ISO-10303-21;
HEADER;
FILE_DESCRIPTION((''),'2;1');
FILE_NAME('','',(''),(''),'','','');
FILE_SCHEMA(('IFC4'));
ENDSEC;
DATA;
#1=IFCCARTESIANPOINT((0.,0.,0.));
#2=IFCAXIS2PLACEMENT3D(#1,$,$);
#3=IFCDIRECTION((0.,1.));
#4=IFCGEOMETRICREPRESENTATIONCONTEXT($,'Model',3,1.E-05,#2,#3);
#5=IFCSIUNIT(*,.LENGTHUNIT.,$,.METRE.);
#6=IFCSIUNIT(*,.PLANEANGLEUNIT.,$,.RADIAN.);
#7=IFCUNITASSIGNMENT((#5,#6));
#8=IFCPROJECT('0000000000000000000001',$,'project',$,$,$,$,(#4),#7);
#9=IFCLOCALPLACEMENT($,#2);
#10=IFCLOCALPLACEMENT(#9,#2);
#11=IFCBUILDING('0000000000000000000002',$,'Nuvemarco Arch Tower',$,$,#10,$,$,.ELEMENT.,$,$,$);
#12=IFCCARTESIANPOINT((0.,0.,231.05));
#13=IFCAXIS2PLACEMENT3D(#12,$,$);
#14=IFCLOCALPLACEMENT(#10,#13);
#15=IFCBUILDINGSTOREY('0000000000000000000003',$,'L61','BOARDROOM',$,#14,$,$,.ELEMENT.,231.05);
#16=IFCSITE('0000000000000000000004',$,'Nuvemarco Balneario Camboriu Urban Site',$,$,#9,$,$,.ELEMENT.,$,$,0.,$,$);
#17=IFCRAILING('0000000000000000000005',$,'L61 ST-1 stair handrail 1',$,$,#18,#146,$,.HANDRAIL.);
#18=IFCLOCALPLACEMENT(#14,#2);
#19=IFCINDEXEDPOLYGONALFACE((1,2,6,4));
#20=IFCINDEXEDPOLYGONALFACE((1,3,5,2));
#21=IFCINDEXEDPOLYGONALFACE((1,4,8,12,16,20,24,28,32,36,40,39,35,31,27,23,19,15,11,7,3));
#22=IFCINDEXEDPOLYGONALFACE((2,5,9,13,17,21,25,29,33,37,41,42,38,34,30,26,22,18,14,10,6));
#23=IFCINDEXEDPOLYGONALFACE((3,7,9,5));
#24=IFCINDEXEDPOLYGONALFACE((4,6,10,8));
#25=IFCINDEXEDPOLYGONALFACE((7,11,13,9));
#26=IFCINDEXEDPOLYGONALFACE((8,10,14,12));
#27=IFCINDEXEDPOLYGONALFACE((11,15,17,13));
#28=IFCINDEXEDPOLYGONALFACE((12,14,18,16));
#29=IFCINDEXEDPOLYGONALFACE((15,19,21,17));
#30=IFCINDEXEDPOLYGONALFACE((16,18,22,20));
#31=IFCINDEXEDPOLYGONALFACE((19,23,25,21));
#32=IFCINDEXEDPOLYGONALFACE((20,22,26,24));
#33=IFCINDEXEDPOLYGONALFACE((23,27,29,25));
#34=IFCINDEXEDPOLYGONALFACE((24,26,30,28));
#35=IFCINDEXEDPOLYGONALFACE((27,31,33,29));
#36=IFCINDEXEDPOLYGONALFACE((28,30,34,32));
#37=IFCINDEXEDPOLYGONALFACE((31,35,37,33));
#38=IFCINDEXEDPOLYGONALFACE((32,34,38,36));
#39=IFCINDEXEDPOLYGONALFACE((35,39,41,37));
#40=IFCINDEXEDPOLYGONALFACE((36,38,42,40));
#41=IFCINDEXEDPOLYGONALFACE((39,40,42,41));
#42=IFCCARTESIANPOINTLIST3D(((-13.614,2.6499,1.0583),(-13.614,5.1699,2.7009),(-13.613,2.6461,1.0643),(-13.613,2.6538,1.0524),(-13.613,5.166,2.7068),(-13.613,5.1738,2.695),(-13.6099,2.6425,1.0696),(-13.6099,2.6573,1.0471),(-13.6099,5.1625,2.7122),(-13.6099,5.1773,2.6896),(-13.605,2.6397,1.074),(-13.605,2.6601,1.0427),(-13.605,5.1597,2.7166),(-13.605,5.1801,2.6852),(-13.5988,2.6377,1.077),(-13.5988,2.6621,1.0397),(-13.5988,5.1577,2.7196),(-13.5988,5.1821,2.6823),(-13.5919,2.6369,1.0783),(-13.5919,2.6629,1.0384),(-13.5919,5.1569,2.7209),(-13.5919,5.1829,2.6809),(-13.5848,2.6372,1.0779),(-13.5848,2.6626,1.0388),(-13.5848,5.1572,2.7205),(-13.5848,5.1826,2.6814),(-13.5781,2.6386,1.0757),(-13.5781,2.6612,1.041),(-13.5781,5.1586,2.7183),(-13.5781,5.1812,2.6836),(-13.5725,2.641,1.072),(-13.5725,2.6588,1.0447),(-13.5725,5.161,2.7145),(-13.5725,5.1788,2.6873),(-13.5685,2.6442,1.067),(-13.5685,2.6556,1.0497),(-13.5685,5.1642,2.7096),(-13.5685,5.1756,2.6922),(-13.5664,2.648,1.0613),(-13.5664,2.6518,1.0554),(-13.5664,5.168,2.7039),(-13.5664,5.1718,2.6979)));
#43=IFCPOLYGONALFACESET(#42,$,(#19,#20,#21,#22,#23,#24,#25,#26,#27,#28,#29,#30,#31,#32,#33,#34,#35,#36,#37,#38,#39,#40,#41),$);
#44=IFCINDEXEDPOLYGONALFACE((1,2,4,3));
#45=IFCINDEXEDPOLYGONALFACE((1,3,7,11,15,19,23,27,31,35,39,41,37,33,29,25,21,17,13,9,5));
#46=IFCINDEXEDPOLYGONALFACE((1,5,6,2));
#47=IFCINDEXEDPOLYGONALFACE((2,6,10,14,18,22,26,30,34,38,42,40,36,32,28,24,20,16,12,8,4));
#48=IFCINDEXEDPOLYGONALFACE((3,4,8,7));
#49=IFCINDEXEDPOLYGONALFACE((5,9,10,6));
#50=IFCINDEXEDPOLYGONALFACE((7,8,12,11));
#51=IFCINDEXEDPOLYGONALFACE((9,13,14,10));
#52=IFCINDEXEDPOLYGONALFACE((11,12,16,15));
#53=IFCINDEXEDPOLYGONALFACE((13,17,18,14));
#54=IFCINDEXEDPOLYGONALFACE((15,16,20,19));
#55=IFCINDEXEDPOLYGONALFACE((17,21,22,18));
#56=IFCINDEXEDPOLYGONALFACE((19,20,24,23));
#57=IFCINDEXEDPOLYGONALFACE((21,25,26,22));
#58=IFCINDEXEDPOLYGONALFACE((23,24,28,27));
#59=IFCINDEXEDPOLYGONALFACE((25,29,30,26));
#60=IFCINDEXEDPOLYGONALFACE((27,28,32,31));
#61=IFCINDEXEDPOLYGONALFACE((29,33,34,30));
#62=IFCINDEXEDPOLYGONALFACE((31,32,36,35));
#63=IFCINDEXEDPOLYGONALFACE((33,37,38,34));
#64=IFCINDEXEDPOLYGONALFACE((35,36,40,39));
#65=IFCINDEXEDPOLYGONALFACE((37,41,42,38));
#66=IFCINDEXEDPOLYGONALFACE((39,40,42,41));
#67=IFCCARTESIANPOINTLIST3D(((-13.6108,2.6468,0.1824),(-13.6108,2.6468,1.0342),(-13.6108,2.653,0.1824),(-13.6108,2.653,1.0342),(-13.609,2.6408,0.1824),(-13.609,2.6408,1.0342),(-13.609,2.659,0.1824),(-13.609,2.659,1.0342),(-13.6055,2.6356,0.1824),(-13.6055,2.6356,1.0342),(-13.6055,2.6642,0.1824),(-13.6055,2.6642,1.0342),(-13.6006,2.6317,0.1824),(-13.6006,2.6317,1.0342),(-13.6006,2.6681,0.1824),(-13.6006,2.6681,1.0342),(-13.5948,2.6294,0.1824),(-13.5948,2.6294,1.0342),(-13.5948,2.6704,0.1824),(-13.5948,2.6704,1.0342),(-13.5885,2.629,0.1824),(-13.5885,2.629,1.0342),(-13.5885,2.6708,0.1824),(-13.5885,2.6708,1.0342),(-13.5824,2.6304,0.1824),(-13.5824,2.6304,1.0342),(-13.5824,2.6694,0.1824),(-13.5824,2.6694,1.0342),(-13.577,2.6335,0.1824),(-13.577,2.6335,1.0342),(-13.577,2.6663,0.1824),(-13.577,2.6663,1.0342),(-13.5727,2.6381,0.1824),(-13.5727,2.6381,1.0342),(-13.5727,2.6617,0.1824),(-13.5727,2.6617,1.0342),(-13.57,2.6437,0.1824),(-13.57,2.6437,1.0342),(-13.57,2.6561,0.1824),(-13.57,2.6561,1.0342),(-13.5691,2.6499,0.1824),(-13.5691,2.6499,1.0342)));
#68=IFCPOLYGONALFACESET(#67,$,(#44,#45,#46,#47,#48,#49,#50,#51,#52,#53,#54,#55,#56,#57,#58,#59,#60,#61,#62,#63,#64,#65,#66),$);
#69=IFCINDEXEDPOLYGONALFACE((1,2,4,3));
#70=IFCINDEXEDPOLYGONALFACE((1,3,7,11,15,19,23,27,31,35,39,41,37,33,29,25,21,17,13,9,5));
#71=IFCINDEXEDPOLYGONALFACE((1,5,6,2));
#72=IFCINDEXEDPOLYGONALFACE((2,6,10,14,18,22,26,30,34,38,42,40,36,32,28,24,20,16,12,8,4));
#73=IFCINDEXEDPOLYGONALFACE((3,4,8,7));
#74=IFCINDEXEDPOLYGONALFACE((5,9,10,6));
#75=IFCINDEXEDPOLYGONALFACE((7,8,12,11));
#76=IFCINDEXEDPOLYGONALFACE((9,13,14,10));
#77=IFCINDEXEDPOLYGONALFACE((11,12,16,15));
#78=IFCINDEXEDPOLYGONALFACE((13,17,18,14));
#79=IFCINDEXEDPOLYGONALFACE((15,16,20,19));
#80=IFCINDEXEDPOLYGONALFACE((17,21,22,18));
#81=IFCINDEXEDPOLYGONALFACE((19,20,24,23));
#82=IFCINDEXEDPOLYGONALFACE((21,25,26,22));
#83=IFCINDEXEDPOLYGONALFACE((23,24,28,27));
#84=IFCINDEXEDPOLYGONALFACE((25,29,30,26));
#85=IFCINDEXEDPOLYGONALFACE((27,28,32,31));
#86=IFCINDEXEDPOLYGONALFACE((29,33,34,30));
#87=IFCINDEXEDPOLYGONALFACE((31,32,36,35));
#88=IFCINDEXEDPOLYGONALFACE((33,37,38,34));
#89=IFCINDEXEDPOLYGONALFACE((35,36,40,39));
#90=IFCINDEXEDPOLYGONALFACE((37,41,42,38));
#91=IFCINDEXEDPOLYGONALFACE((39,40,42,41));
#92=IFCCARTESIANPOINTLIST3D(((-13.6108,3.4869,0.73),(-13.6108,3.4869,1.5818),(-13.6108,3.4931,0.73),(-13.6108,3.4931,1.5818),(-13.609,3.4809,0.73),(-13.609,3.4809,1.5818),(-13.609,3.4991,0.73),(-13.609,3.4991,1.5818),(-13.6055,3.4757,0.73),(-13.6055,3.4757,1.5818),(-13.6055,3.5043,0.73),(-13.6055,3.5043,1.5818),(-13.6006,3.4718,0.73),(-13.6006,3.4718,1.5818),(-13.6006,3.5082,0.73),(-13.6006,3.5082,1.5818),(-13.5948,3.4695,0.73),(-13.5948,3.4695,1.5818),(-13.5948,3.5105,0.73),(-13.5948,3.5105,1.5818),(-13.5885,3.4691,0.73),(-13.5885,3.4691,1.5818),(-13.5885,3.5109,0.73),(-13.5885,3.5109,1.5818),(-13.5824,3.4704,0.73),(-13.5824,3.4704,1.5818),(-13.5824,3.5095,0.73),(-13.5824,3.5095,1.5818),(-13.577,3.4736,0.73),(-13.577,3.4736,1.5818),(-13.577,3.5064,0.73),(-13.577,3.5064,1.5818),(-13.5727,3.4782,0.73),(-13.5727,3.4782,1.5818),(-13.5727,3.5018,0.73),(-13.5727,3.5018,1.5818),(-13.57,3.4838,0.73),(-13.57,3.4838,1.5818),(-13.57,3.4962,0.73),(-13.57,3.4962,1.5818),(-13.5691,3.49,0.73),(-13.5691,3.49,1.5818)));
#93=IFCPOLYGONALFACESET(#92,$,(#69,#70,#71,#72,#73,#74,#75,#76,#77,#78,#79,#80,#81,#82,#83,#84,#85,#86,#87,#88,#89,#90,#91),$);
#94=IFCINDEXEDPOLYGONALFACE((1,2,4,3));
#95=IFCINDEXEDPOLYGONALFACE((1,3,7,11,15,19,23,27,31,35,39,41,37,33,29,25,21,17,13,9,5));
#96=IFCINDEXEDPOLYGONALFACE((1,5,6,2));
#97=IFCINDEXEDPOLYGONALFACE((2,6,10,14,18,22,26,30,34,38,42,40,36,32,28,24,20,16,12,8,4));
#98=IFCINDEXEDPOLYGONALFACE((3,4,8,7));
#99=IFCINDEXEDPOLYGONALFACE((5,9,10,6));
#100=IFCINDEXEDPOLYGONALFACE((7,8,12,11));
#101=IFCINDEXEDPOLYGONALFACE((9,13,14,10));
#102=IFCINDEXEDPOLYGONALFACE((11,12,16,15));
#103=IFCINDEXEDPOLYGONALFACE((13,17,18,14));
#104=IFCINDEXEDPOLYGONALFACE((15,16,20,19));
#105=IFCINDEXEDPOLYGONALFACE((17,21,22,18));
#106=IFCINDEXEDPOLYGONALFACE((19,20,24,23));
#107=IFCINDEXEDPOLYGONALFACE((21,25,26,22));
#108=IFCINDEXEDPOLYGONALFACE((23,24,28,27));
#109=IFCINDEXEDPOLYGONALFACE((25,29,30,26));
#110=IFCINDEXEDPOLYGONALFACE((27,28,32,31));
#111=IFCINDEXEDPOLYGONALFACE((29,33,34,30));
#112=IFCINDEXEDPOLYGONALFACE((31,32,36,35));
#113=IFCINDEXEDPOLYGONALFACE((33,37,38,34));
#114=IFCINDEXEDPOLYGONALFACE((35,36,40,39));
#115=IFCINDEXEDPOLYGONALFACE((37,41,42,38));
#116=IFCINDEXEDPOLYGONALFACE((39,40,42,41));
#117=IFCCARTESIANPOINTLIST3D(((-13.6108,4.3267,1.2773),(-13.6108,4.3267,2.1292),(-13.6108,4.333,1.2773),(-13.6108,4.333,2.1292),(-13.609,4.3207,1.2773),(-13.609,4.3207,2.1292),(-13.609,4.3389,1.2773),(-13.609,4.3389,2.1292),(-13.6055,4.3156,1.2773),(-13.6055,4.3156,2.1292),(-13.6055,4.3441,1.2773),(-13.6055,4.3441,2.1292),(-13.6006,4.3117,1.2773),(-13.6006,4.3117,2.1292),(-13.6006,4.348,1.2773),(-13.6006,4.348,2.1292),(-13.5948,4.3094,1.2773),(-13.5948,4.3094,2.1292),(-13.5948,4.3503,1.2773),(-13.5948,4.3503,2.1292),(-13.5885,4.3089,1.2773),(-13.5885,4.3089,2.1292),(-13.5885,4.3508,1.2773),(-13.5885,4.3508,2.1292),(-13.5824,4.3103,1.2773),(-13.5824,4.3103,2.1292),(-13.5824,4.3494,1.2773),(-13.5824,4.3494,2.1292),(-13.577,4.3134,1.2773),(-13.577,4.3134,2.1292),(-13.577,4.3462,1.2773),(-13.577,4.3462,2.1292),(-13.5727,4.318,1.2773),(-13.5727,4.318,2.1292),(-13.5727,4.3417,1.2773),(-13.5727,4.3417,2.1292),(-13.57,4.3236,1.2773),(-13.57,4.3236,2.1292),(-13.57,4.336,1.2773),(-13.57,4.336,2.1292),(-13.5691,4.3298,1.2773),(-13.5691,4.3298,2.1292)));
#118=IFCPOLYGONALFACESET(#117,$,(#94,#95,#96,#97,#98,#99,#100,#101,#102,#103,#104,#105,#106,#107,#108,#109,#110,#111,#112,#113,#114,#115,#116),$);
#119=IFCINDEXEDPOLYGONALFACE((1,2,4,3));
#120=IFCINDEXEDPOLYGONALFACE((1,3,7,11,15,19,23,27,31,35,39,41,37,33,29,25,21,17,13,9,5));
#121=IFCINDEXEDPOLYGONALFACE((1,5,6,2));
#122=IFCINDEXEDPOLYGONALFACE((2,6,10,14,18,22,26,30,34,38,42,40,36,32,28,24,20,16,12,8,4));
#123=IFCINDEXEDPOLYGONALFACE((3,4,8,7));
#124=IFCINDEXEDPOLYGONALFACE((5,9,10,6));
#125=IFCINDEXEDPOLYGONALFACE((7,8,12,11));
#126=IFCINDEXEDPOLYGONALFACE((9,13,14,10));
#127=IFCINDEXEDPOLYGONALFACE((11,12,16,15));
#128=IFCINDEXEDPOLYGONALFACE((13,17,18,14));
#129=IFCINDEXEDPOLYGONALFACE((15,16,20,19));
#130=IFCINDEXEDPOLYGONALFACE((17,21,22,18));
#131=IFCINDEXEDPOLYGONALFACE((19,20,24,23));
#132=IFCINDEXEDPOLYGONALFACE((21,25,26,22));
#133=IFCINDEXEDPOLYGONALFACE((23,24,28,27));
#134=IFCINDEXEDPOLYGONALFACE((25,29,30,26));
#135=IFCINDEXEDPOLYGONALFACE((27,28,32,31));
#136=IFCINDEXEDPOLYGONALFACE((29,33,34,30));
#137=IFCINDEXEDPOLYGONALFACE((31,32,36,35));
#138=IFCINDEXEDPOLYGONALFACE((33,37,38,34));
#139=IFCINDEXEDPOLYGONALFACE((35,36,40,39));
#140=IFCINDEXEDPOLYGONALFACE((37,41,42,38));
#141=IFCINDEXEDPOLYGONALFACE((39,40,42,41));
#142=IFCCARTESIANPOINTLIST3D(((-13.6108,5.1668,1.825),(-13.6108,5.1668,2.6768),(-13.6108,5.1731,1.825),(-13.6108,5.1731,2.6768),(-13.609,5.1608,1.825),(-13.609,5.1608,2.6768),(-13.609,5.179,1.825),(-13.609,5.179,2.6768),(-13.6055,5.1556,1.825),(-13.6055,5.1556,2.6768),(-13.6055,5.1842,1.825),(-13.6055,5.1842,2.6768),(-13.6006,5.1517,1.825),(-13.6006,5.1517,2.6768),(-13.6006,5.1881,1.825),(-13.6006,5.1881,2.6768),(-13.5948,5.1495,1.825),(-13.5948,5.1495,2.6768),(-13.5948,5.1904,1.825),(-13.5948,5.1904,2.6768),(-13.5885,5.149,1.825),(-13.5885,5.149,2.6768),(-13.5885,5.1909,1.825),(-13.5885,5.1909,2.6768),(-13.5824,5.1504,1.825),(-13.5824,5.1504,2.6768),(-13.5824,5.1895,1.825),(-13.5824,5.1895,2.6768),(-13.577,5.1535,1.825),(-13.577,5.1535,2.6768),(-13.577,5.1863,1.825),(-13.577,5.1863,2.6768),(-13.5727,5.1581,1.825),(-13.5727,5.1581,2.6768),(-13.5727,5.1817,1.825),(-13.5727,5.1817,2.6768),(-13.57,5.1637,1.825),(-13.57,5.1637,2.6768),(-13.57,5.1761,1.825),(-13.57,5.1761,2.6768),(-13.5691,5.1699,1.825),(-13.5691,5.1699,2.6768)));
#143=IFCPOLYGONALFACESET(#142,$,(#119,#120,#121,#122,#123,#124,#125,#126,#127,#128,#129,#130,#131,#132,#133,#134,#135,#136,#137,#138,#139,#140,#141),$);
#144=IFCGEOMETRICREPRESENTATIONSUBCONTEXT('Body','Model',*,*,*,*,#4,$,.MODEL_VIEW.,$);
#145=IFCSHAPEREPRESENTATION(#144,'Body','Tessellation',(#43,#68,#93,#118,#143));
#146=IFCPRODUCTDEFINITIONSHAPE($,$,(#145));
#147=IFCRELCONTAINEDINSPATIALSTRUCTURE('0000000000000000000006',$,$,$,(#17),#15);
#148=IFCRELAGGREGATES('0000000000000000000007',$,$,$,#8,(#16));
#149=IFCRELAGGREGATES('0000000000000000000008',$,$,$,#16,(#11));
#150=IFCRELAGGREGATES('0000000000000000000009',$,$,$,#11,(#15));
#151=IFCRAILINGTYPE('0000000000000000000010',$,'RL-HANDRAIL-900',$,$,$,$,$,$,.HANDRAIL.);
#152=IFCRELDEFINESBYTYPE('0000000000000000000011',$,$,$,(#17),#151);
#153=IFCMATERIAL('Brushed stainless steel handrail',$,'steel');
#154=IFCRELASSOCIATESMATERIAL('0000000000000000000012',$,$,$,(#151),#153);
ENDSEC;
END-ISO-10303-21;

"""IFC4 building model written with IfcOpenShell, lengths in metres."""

from ifc_helpers import new_model, si_unit, direction, frame, origin, origin_2d, place, context, subcontext, project, spatial, circle, extrude, material, type_object, element, save


model = new_model("IFC4")

# Units and contexts
model_context = context("Model", 3, precision=1e-05, world=origin(), true_north=direction((0.0, 1.0)))
body_context = subcontext(model_context, "Body", "Model", "MODEL_VIEW")
ifc_project = project(units=[si_unit("LENGTHUNIT", "METRE"), si_unit("PLANEANGLEUNIT", "RADIAN")], contexts=[model_context])

# Site, building, storey
site_placement = place(None, origin())
site = spatial("IfcSite", under=ifc_project, at=site_placement, Name="Nuvemarco Balneario Camboriu Urban Site", CompositionType="ELEMENT", RefElevation=0.0)
building_placement = place(site_placement, origin())
building = spatial("IfcBuilding", under=site, at=building_placement, Name="Nuvemarco Arch Tower", CompositionType="ELEMENT")
storey_placement = place(building_placement, frame((0.0, 0.0, 231.05)))
storey = spatial("IfcBuildingStorey", under=building, at=storey_placement, Name="L61", Description="BOARDROOM", CompositionType="ELEMENT", Elevation=231.05)

# Railing
ifc_material_1 = material(Name="Brushed stainless steel handrail", Category="steel")
railing_type_1 = type_object("IfcRailingType", Name="RL-HANDRAIL-900", PredefinedType="HANDRAIL", material=ifc_material_1)
railing_1_placement = place(storey_placement, frame((-13.5901, 2.6499, 0.1824)))
element("IfcRailing", 1, at=railing_1_placement, inside=storey, type_object=railing_type_1, Name="L61 ST-1 stair handrail 1", PredefinedType="HANDRAIL", context=body_context, shape_type="SweptSolid", body=[
    extrude(circle(Radius=0.0239, at=origin_2d()), frame((0.0, 0.0, 0.876), z_axis=(0.0, 0.837749, 0.546055), x_axis=(-1.0, 0.0, 0.0)), (0.0, 0.0, 1.0), 3.0081),
    extrude(circle(Radius=0.021, at=origin_2d()), origin(), (0.0, 0.0, 1.0), 0.8518),
    extrude(circle(Radius=0.021, at=origin_2d()), frame((0.0, 0.8401, 0.5476)), (0.0, 0.0, 1.0), 0.8518),
    extrude(circle(Radius=0.021, at=origin_2d()), frame((0.0, 1.6799, 1.095)), (0.0, 0.0, 1.0), 0.8518),
    extrude(circle(Radius=0.021, at=origin_2d()), frame((0.0, 2.52, 1.6426)), (0.0, 0.0, 1.0), 0.8518),
])

save(model, "model.ifc")
